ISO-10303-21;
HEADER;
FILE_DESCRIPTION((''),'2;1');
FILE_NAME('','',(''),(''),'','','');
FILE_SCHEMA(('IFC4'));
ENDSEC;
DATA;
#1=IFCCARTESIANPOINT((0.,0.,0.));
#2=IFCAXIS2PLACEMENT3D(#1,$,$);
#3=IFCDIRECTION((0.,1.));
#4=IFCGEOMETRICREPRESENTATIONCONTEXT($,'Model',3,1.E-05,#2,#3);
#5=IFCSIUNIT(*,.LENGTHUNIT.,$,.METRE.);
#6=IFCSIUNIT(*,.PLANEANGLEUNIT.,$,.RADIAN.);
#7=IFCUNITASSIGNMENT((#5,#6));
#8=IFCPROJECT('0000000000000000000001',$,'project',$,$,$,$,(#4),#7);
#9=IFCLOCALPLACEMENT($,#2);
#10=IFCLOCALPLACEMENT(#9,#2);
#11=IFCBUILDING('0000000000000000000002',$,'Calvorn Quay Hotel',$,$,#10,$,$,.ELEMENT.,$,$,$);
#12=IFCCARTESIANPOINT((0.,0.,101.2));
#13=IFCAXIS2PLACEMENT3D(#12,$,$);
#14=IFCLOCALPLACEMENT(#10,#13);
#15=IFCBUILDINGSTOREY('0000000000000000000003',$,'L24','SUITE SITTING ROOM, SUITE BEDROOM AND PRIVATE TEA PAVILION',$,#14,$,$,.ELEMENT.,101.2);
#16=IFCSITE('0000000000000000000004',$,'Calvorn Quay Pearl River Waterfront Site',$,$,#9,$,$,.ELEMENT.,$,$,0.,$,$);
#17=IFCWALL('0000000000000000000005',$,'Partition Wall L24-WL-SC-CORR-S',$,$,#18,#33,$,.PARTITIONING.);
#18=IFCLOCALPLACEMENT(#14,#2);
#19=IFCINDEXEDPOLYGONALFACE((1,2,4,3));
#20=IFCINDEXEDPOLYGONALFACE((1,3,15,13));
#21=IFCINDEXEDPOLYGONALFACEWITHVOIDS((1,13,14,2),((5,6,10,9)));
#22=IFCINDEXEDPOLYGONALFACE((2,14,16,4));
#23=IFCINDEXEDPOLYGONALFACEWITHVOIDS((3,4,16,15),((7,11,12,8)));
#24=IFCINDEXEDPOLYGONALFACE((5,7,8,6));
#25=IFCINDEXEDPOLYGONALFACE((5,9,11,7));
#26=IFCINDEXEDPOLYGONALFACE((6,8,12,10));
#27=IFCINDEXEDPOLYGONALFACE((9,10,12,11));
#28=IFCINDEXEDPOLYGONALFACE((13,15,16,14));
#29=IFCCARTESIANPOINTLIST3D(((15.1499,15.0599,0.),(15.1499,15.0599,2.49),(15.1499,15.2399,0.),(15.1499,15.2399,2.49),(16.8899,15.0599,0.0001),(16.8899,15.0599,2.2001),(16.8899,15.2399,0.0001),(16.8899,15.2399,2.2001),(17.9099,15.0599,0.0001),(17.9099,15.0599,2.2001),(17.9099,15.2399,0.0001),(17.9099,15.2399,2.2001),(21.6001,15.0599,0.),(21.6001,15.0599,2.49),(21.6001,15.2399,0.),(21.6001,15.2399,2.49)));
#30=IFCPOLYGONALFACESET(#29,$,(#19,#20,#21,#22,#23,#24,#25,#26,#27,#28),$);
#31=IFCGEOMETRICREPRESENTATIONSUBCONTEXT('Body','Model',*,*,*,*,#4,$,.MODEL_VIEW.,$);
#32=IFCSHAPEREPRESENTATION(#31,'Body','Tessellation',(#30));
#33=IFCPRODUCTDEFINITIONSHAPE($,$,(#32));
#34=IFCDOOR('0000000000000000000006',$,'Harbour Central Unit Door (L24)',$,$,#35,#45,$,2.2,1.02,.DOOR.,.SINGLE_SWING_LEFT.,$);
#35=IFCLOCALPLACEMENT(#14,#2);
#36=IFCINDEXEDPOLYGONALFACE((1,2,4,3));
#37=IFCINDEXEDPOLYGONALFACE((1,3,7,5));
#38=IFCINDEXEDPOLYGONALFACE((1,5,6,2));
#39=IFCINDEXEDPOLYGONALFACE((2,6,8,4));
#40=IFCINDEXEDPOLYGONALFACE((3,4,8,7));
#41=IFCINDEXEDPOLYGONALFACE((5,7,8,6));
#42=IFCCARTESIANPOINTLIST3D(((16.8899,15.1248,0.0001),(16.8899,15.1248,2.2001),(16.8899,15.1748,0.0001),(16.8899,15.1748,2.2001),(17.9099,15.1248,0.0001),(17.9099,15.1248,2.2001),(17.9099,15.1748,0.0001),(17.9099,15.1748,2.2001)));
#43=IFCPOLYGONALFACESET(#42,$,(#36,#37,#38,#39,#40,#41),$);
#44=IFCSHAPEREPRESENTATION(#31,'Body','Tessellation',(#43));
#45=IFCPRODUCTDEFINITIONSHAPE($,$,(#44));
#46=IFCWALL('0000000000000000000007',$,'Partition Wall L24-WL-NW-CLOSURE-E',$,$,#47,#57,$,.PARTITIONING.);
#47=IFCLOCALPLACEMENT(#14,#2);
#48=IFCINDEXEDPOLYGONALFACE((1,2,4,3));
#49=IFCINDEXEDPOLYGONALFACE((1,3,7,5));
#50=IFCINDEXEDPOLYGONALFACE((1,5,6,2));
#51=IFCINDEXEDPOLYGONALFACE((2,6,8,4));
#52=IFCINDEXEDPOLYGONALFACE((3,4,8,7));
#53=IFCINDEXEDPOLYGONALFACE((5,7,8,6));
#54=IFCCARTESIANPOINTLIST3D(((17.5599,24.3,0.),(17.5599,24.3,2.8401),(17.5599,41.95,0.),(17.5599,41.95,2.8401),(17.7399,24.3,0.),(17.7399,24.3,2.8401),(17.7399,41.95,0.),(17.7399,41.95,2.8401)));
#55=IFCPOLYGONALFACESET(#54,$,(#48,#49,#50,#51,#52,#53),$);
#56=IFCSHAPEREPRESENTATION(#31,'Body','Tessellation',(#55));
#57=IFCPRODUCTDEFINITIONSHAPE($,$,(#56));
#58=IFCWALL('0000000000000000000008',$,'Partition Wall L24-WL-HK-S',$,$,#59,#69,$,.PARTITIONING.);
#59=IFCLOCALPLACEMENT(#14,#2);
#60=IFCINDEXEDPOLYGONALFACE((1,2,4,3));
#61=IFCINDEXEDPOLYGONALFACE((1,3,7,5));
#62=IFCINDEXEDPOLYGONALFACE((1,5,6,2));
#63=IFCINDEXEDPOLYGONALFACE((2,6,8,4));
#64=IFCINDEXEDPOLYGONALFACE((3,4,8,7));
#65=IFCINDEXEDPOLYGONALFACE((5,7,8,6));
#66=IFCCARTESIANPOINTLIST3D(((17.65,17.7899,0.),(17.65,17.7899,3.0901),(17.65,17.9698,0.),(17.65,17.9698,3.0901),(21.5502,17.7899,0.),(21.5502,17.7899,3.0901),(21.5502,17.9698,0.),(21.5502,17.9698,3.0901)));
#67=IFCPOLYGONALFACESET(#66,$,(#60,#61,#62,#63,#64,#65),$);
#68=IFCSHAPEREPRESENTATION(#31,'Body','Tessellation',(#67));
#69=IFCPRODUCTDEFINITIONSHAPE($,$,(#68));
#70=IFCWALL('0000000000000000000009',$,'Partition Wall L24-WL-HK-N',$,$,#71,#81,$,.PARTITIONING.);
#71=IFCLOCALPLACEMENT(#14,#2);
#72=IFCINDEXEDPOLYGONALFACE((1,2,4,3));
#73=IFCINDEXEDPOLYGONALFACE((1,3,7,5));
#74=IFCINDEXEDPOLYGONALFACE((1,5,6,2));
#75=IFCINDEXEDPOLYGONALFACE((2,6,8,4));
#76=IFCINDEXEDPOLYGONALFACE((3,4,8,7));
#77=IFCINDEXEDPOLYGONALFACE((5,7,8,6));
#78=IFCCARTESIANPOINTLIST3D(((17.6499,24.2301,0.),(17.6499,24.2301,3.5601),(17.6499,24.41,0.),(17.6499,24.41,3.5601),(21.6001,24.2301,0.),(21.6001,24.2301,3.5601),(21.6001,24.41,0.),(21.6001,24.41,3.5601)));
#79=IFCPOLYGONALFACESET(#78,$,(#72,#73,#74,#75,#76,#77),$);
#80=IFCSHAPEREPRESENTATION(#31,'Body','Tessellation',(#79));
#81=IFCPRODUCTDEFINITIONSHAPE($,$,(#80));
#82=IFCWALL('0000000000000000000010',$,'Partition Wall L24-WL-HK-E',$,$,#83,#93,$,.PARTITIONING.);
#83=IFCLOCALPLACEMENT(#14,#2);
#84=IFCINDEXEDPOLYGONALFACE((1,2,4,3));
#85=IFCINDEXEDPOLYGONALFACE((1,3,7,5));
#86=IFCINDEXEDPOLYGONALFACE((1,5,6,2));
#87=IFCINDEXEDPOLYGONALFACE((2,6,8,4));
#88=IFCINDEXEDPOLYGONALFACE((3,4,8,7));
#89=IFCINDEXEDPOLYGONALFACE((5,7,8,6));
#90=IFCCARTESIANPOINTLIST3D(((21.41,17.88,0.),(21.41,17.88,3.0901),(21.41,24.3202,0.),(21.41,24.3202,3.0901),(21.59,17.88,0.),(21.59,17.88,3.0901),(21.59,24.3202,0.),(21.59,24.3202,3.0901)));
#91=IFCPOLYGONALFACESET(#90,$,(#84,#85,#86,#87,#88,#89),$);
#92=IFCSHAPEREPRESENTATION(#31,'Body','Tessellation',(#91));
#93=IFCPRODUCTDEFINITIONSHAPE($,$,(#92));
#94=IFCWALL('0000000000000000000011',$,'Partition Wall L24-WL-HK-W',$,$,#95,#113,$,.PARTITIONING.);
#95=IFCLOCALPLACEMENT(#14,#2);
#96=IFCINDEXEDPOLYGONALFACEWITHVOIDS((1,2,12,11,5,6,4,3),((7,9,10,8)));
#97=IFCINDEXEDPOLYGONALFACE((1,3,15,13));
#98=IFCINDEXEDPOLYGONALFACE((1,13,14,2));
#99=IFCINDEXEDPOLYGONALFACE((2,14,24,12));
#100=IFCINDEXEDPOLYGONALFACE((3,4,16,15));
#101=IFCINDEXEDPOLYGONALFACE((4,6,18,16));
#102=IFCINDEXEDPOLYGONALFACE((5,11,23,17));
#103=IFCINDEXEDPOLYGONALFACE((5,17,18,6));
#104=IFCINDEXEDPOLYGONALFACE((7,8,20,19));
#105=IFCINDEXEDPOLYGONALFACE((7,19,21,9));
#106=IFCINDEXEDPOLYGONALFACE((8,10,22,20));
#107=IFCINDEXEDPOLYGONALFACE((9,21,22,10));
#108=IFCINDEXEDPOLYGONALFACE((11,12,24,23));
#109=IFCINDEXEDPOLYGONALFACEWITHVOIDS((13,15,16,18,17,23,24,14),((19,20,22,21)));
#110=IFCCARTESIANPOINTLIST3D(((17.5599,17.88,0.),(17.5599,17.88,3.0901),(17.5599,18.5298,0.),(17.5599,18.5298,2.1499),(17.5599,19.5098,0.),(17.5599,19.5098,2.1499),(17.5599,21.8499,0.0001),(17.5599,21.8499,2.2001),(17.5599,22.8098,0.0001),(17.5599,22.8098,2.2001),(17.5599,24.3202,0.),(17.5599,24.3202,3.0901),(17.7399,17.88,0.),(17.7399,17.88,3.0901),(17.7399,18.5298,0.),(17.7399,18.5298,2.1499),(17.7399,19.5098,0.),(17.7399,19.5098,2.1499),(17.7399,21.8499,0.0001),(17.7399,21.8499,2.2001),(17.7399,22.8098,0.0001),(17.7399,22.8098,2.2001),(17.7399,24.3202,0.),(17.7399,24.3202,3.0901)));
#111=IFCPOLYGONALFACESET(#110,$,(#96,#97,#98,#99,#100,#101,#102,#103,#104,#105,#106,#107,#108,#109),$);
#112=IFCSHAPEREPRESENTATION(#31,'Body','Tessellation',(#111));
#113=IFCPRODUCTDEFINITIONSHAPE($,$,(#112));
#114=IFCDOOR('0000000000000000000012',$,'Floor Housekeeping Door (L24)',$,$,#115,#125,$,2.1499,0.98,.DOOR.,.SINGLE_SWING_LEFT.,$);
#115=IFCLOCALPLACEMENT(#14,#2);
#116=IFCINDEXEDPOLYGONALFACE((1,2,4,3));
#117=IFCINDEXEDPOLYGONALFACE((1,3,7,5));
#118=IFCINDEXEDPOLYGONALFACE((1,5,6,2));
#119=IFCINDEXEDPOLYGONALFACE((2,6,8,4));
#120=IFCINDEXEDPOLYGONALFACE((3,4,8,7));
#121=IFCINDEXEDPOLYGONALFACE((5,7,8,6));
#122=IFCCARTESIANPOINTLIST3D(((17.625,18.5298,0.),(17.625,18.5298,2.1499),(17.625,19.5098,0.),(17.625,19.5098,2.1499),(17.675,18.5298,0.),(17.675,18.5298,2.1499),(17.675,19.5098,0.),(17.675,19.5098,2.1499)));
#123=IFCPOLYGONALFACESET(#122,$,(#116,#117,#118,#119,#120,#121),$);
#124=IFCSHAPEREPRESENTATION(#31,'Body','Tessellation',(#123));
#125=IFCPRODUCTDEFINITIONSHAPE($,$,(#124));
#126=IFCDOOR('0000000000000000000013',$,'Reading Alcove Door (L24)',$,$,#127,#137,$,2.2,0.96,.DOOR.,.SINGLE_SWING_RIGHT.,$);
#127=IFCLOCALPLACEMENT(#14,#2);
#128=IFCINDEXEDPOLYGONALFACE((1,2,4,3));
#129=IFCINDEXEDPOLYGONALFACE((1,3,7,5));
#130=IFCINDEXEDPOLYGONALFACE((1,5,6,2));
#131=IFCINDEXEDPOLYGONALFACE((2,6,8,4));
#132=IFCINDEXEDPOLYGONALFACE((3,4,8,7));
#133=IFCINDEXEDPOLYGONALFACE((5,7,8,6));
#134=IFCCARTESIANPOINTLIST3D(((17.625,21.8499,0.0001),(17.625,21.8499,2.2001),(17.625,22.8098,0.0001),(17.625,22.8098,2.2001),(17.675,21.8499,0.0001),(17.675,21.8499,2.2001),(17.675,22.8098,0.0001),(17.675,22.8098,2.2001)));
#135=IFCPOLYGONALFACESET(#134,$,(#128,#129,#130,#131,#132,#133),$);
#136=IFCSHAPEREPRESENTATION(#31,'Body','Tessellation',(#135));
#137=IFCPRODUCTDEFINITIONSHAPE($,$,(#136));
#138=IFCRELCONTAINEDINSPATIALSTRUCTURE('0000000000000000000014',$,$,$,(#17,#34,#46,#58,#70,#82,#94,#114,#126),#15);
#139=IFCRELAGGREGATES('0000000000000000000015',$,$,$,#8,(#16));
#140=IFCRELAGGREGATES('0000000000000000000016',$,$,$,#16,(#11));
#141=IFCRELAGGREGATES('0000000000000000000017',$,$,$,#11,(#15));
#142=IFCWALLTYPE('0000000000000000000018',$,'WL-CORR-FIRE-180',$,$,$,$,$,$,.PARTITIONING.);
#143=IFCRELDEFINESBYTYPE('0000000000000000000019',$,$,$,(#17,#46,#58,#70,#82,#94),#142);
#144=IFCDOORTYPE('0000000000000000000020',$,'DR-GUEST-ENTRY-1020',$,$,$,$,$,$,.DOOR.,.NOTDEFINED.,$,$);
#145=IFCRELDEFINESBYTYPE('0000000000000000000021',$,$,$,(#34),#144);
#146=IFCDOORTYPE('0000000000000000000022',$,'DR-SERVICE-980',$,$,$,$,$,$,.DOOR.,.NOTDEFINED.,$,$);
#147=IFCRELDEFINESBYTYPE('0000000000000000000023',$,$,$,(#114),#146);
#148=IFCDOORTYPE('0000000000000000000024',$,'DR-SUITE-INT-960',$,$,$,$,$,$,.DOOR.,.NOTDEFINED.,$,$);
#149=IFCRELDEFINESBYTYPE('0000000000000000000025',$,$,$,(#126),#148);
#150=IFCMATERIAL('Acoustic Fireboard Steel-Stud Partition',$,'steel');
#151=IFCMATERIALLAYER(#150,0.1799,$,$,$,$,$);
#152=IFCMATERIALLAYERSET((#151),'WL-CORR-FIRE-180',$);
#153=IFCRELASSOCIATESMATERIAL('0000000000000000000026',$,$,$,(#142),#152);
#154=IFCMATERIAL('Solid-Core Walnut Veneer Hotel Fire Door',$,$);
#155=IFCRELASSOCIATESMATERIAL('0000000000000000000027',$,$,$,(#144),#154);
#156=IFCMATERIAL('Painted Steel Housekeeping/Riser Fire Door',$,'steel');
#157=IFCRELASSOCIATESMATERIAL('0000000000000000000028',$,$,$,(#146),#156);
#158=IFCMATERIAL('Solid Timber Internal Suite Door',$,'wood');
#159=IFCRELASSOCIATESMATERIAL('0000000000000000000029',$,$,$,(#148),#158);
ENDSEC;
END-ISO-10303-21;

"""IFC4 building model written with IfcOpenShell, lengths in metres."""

from ifc_helpers import new_model, si_unit, direction, frame, frame_2d, origin, place, context, subcontext, project, spatial, rectangle, extrude, material, layer, layer_set, type_object, element, fill, save


model = new_model("IFC4")

# Units and contexts
model_context = context("Model", 3, precision=1e-05, world=origin(), true_north=direction((0.0, 1.0)))
body_context = subcontext(model_context, "Body", "Model", "MODEL_VIEW")
ifc_project = project(units=[si_unit("LENGTHUNIT", "METRE"), si_unit("PLANEANGLEUNIT", "RADIAN")], contexts=[model_context])

# Site, building, storey
site_placement = place(None, origin())
site = spatial("IfcSite", under=ifc_project, at=site_placement, Name="Calvorn Quay Pearl River Waterfront Site", CompositionType="ELEMENT", RefElevation=0.0)
building_placement = place(site_placement, origin())
building = spatial("IfcBuilding", under=site, at=building_placement, Name="Calvorn Quay Hotel", CompositionType="ELEMENT")
storey_placement = place(building_placement, frame((0.0, 0.0, 101.2)))
storey = spatial("IfcBuildingStorey", under=building, at=storey_placement, Name="L24", Description="SUITE SITTING ROOM, SUITE BEDROOM AND PRIVATE TEA PAVILION", CompositionType="ELEMENT", Elevation=101.2)

# Wall, opening, door
ifc_material_1 = material(Name="Acoustic Fireboard Steel-Stud Partition", Category="steel")
ifc_layer_1 = layer(ifc_material_1, 0.1799)
ifc_layer_set_1 = layer_set([ifc_layer_1], Name="WL-CORR-FIRE-180")
wall_type_1 = type_object("IfcWallType", Name="WL-CORR-FIRE-180", PredefinedType="PARTITIONING", material=ifc_layer_set_1)
wall_1_placement = place(storey_placement, frame((15.1499, 15.1499, 0.0), z_axis=(0.0, 0.0, 1.0), x_axis=(1.0, 0.0, 0.0)))
wall_1 = element("IfcWall", 1, at=wall_1_placement, inside=storey, type_object=wall_type_1, Name="Partition Wall L24-WL-SC-CORR-S", PredefinedType="PARTITIONING", context=body_context, shape_type="SweptSolid", body=[
    extrude(rectangle(XDim=6.4502, YDim=0.1799, at=frame_2d((3.2251, 0.0))), origin(), (0.0, 0.0, 1.0), 2.49),
])
opening_1_placement = place(wall_1_placement, frame((1.74, 0.0, 0.0)))
opening_1 = element("IfcOpeningElement", 2, at=opening_1_placement, cuts=wall_1, PredefinedType="OPENING", context=body_context, shape_type="SweptSolid", body=[
    extrude(rectangle(XDim=1.02, YDim=2.2, at=frame_2d((0.51, 1.1001))), frame((0.0, 0.0999, 0.0), z_axis=(0.0, -1.0, 0.0), x_axis=(1.0, 0.0, 0.0)), (0.0, 0.0, 1.0), 0.2),
])
ifc_material_2 = material(Name="Solid-Core Walnut Veneer Hotel Fire Door")
door_type_1 = type_object("IfcDoorType", Name="DR-GUEST-ENTRY-1020", OperationType="NOTDEFINED", PredefinedType="DOOR", material=ifc_material_2)
door_1_placement = place(opening_1_placement, origin())
door_1 = element("IfcDoor", 3, at=door_1_placement, inside=storey, type_object=door_type_1, Name="Harbour Central Unit Door (L24)", OperationType="SINGLE_SWING_LEFT", OverallHeight=2.2, OverallWidth=1.02, PredefinedType="DOOR", context=body_context, shape_type="SweptSolid", body=[
    extrude(rectangle(XDim=1.02, YDim=2.2, at=frame_2d((0.51, 1.1001))), frame((0.0, 0.0249, 0.0), z_axis=(0.0, -1.0, 0.0), x_axis=(1.0, 0.0, 0.0)), (0.0, 0.0, 1.0), 0.05),
])
fill(opening_1, door_1)

# Walls
wall_2_placement = place(storey_placement, frame((17.6499, 24.3, 0.0), z_axis=(0.0, 0.0, 1.0), x_axis=(0.0, 1.0, 0.0)))
element("IfcWall", 4, at=wall_2_placement, inside=storey, type_object=wall_type_1, Name="Partition Wall L24-WL-NW-CLOSURE-E", PredefinedType="PARTITIONING", context=body_context, shape_type="SweptSolid", body=[
    extrude(rectangle(XDim=17.6499, YDim=0.1799, at=frame_2d((8.825, 0.0))), origin(), (0.0, 0.0, 1.0), 2.8401),
])
wall_3_placement = place(storey_placement, frame((17.6499, 17.8799, 0.0), z_axis=(0.0, 0.0, 1.0), x_axis=(1.0, 0.0, 0.0)))
element("IfcWall", 5, at=wall_3_placement, inside=storey, type_object=wall_type_1, Name="Partition Wall L24-WL-HK-S", PredefinedType="PARTITIONING", context=body_context, shape_type="SweptSolid", body=[
    extrude(rectangle(XDim=3.9001, YDim=0.1799, at=frame_2d((1.9502, 0.0))), origin(), (0.0, 0.0, 1.0), 3.0901),
])
wall_4_placement = place(storey_placement, frame((17.6499, 24.3201, 0.0), z_axis=(0.0, 0.0, 1.0), x_axis=(1.0, 0.0, 0.0)))
element("IfcWall", 6, at=wall_4_placement, inside=storey, type_object=wall_type_1, Name="Partition Wall L24-WL-HK-N", PredefinedType="PARTITIONING", context=body_context, shape_type="SweptSolid", body=[
    extrude(rectangle(XDim=3.9502, YDim=0.1799, at=frame_2d((1.9751, 0.0))), origin(), (0.0, 0.0, 1.0), 3.5601),
])
wall_5_placement = place(storey_placement, frame((21.5, 17.8799, 0.0), z_axis=(0.0, 0.0, 1.0), x_axis=(0.0, 1.0, 0.0)))
element("IfcWall", 7, at=wall_5_placement, inside=storey, type_object=wall_type_1, Name="Partition Wall L24-WL-HK-E", PredefinedType="PARTITIONING", context=body_context, shape_type="SweptSolid", body=[
    extrude(rectangle(XDim=6.4402, YDim=0.1799, at=frame_2d((3.2202, 0.0))), origin(), (0.0, 0.0, 1.0), 3.0901),
])

# Wall, openings, doors
wall_6_placement = place(storey_placement, frame((17.6499, 17.8799, 0.0), z_axis=(0.0, 0.0, 1.0), x_axis=(0.0, 1.0, 0.0)))
wall_6 = element("IfcWall", 8, at=wall_6_placement, inside=storey, type_object=wall_type_1, Name="Partition Wall L24-WL-HK-W", PredefinedType="PARTITIONING", context=body_context, shape_type="SweptSolid", body=[
    extrude(rectangle(XDim=6.4402, YDim=0.1799, at=frame_2d((3.2202, 0.0))), origin(), (0.0, 0.0, 1.0), 3.0901),
])
opening_2_placement = place(wall_6_placement, frame((0.6499, 0.0, 0.0)))
opening_2 = element("IfcOpeningElement", 9, at=opening_2_placement, cuts=wall_6, PredefinedType="OPENING", context=body_context, shape_type="SweptSolid", body=[
    extrude(rectangle(XDim=0.98, YDim=2.1499, at=frame_2d((0.49, 1.075))), frame((0.0, 0.0999, 0.0), z_axis=(0.0, -1.0, 0.0), x_axis=(1.0, 0.0, 0.0)), (0.0, 0.0, 1.0), 0.2),
])
opening_3_placement = place(wall_6_placement, frame((3.97, 0.0, 0.0)))
opening_3 = element("IfcOpeningElement", 10, at=opening_3_placement, cuts=wall_6, PredefinedType="OPENING", context=body_context, shape_type="SweptSolid", body=[
    extrude(rectangle(XDim=0.96, YDim=2.2, at=frame_2d((0.48, 1.1001))), frame((0.0, 0.0999, 0.0), z_axis=(0.0, -1.0, 0.0), x_axis=(1.0, 0.0, 0.0)), (0.0, 0.0, 1.0), 0.2),
])
ifc_material_3 = material(Name="Painted Steel Housekeeping/Riser Fire Door", Category="steel")
door_type_2 = type_object("IfcDoorType", Name="DR-SERVICE-980", OperationType="NOTDEFINED", PredefinedType="DOOR", material=ifc_material_3)
door_2_placement = place(opening_2_placement, origin())
door_2 = element("IfcDoor", 11, at=door_2_placement, inside=storey, type_object=door_type_2, Name="Floor Housekeeping Door (L24)", OperationType="SINGLE_SWING_LEFT", OverallHeight=2.1499, OverallWidth=0.98, PredefinedType="DOOR", context=body_context, shape_type="SweptSolid", body=[
    extrude(rectangle(XDim=0.98, YDim=2.1499, at=frame_2d((0.49, 1.075))), frame((0.0, 0.0249, 0.0), z_axis=(0.0, -1.0, 0.0), x_axis=(1.0, 0.0, 0.0)), (0.0, 0.0, 1.0), 0.05),
])
fill(opening_2, door_2)
ifc_material_4 = material(Name="Solid Timber Internal Suite Door", Category="wood")
door_type_3 = type_object("IfcDoorType", Name="DR-SUITE-INT-960", OperationType="NOTDEFINED", PredefinedType="DOOR", material=ifc_material_4)
door_3_placement = place(opening_3_placement, origin())
door_3 = element("IfcDoor", 12, at=door_3_placement, inside=storey, type_object=door_type_3, Name="Reading Alcove Door (L24)", OperationType="SINGLE_SWING_RIGHT", OverallHeight=2.2, OverallWidth=0.96, PredefinedType="DOOR", context=body_context, shape_type="SweptSolid", body=[
    extrude(rectangle(XDim=0.96, YDim=2.2, at=frame_2d((0.48, 1.1001))), frame((0.0, 0.0249, 0.0), z_axis=(0.0, -1.0, 0.0), x_axis=(1.0, 0.0, 0.0)), (0.0, 0.0, 1.0), 0.05),
])
fill(opening_3, door_3)

save(model, "model.ifc")
